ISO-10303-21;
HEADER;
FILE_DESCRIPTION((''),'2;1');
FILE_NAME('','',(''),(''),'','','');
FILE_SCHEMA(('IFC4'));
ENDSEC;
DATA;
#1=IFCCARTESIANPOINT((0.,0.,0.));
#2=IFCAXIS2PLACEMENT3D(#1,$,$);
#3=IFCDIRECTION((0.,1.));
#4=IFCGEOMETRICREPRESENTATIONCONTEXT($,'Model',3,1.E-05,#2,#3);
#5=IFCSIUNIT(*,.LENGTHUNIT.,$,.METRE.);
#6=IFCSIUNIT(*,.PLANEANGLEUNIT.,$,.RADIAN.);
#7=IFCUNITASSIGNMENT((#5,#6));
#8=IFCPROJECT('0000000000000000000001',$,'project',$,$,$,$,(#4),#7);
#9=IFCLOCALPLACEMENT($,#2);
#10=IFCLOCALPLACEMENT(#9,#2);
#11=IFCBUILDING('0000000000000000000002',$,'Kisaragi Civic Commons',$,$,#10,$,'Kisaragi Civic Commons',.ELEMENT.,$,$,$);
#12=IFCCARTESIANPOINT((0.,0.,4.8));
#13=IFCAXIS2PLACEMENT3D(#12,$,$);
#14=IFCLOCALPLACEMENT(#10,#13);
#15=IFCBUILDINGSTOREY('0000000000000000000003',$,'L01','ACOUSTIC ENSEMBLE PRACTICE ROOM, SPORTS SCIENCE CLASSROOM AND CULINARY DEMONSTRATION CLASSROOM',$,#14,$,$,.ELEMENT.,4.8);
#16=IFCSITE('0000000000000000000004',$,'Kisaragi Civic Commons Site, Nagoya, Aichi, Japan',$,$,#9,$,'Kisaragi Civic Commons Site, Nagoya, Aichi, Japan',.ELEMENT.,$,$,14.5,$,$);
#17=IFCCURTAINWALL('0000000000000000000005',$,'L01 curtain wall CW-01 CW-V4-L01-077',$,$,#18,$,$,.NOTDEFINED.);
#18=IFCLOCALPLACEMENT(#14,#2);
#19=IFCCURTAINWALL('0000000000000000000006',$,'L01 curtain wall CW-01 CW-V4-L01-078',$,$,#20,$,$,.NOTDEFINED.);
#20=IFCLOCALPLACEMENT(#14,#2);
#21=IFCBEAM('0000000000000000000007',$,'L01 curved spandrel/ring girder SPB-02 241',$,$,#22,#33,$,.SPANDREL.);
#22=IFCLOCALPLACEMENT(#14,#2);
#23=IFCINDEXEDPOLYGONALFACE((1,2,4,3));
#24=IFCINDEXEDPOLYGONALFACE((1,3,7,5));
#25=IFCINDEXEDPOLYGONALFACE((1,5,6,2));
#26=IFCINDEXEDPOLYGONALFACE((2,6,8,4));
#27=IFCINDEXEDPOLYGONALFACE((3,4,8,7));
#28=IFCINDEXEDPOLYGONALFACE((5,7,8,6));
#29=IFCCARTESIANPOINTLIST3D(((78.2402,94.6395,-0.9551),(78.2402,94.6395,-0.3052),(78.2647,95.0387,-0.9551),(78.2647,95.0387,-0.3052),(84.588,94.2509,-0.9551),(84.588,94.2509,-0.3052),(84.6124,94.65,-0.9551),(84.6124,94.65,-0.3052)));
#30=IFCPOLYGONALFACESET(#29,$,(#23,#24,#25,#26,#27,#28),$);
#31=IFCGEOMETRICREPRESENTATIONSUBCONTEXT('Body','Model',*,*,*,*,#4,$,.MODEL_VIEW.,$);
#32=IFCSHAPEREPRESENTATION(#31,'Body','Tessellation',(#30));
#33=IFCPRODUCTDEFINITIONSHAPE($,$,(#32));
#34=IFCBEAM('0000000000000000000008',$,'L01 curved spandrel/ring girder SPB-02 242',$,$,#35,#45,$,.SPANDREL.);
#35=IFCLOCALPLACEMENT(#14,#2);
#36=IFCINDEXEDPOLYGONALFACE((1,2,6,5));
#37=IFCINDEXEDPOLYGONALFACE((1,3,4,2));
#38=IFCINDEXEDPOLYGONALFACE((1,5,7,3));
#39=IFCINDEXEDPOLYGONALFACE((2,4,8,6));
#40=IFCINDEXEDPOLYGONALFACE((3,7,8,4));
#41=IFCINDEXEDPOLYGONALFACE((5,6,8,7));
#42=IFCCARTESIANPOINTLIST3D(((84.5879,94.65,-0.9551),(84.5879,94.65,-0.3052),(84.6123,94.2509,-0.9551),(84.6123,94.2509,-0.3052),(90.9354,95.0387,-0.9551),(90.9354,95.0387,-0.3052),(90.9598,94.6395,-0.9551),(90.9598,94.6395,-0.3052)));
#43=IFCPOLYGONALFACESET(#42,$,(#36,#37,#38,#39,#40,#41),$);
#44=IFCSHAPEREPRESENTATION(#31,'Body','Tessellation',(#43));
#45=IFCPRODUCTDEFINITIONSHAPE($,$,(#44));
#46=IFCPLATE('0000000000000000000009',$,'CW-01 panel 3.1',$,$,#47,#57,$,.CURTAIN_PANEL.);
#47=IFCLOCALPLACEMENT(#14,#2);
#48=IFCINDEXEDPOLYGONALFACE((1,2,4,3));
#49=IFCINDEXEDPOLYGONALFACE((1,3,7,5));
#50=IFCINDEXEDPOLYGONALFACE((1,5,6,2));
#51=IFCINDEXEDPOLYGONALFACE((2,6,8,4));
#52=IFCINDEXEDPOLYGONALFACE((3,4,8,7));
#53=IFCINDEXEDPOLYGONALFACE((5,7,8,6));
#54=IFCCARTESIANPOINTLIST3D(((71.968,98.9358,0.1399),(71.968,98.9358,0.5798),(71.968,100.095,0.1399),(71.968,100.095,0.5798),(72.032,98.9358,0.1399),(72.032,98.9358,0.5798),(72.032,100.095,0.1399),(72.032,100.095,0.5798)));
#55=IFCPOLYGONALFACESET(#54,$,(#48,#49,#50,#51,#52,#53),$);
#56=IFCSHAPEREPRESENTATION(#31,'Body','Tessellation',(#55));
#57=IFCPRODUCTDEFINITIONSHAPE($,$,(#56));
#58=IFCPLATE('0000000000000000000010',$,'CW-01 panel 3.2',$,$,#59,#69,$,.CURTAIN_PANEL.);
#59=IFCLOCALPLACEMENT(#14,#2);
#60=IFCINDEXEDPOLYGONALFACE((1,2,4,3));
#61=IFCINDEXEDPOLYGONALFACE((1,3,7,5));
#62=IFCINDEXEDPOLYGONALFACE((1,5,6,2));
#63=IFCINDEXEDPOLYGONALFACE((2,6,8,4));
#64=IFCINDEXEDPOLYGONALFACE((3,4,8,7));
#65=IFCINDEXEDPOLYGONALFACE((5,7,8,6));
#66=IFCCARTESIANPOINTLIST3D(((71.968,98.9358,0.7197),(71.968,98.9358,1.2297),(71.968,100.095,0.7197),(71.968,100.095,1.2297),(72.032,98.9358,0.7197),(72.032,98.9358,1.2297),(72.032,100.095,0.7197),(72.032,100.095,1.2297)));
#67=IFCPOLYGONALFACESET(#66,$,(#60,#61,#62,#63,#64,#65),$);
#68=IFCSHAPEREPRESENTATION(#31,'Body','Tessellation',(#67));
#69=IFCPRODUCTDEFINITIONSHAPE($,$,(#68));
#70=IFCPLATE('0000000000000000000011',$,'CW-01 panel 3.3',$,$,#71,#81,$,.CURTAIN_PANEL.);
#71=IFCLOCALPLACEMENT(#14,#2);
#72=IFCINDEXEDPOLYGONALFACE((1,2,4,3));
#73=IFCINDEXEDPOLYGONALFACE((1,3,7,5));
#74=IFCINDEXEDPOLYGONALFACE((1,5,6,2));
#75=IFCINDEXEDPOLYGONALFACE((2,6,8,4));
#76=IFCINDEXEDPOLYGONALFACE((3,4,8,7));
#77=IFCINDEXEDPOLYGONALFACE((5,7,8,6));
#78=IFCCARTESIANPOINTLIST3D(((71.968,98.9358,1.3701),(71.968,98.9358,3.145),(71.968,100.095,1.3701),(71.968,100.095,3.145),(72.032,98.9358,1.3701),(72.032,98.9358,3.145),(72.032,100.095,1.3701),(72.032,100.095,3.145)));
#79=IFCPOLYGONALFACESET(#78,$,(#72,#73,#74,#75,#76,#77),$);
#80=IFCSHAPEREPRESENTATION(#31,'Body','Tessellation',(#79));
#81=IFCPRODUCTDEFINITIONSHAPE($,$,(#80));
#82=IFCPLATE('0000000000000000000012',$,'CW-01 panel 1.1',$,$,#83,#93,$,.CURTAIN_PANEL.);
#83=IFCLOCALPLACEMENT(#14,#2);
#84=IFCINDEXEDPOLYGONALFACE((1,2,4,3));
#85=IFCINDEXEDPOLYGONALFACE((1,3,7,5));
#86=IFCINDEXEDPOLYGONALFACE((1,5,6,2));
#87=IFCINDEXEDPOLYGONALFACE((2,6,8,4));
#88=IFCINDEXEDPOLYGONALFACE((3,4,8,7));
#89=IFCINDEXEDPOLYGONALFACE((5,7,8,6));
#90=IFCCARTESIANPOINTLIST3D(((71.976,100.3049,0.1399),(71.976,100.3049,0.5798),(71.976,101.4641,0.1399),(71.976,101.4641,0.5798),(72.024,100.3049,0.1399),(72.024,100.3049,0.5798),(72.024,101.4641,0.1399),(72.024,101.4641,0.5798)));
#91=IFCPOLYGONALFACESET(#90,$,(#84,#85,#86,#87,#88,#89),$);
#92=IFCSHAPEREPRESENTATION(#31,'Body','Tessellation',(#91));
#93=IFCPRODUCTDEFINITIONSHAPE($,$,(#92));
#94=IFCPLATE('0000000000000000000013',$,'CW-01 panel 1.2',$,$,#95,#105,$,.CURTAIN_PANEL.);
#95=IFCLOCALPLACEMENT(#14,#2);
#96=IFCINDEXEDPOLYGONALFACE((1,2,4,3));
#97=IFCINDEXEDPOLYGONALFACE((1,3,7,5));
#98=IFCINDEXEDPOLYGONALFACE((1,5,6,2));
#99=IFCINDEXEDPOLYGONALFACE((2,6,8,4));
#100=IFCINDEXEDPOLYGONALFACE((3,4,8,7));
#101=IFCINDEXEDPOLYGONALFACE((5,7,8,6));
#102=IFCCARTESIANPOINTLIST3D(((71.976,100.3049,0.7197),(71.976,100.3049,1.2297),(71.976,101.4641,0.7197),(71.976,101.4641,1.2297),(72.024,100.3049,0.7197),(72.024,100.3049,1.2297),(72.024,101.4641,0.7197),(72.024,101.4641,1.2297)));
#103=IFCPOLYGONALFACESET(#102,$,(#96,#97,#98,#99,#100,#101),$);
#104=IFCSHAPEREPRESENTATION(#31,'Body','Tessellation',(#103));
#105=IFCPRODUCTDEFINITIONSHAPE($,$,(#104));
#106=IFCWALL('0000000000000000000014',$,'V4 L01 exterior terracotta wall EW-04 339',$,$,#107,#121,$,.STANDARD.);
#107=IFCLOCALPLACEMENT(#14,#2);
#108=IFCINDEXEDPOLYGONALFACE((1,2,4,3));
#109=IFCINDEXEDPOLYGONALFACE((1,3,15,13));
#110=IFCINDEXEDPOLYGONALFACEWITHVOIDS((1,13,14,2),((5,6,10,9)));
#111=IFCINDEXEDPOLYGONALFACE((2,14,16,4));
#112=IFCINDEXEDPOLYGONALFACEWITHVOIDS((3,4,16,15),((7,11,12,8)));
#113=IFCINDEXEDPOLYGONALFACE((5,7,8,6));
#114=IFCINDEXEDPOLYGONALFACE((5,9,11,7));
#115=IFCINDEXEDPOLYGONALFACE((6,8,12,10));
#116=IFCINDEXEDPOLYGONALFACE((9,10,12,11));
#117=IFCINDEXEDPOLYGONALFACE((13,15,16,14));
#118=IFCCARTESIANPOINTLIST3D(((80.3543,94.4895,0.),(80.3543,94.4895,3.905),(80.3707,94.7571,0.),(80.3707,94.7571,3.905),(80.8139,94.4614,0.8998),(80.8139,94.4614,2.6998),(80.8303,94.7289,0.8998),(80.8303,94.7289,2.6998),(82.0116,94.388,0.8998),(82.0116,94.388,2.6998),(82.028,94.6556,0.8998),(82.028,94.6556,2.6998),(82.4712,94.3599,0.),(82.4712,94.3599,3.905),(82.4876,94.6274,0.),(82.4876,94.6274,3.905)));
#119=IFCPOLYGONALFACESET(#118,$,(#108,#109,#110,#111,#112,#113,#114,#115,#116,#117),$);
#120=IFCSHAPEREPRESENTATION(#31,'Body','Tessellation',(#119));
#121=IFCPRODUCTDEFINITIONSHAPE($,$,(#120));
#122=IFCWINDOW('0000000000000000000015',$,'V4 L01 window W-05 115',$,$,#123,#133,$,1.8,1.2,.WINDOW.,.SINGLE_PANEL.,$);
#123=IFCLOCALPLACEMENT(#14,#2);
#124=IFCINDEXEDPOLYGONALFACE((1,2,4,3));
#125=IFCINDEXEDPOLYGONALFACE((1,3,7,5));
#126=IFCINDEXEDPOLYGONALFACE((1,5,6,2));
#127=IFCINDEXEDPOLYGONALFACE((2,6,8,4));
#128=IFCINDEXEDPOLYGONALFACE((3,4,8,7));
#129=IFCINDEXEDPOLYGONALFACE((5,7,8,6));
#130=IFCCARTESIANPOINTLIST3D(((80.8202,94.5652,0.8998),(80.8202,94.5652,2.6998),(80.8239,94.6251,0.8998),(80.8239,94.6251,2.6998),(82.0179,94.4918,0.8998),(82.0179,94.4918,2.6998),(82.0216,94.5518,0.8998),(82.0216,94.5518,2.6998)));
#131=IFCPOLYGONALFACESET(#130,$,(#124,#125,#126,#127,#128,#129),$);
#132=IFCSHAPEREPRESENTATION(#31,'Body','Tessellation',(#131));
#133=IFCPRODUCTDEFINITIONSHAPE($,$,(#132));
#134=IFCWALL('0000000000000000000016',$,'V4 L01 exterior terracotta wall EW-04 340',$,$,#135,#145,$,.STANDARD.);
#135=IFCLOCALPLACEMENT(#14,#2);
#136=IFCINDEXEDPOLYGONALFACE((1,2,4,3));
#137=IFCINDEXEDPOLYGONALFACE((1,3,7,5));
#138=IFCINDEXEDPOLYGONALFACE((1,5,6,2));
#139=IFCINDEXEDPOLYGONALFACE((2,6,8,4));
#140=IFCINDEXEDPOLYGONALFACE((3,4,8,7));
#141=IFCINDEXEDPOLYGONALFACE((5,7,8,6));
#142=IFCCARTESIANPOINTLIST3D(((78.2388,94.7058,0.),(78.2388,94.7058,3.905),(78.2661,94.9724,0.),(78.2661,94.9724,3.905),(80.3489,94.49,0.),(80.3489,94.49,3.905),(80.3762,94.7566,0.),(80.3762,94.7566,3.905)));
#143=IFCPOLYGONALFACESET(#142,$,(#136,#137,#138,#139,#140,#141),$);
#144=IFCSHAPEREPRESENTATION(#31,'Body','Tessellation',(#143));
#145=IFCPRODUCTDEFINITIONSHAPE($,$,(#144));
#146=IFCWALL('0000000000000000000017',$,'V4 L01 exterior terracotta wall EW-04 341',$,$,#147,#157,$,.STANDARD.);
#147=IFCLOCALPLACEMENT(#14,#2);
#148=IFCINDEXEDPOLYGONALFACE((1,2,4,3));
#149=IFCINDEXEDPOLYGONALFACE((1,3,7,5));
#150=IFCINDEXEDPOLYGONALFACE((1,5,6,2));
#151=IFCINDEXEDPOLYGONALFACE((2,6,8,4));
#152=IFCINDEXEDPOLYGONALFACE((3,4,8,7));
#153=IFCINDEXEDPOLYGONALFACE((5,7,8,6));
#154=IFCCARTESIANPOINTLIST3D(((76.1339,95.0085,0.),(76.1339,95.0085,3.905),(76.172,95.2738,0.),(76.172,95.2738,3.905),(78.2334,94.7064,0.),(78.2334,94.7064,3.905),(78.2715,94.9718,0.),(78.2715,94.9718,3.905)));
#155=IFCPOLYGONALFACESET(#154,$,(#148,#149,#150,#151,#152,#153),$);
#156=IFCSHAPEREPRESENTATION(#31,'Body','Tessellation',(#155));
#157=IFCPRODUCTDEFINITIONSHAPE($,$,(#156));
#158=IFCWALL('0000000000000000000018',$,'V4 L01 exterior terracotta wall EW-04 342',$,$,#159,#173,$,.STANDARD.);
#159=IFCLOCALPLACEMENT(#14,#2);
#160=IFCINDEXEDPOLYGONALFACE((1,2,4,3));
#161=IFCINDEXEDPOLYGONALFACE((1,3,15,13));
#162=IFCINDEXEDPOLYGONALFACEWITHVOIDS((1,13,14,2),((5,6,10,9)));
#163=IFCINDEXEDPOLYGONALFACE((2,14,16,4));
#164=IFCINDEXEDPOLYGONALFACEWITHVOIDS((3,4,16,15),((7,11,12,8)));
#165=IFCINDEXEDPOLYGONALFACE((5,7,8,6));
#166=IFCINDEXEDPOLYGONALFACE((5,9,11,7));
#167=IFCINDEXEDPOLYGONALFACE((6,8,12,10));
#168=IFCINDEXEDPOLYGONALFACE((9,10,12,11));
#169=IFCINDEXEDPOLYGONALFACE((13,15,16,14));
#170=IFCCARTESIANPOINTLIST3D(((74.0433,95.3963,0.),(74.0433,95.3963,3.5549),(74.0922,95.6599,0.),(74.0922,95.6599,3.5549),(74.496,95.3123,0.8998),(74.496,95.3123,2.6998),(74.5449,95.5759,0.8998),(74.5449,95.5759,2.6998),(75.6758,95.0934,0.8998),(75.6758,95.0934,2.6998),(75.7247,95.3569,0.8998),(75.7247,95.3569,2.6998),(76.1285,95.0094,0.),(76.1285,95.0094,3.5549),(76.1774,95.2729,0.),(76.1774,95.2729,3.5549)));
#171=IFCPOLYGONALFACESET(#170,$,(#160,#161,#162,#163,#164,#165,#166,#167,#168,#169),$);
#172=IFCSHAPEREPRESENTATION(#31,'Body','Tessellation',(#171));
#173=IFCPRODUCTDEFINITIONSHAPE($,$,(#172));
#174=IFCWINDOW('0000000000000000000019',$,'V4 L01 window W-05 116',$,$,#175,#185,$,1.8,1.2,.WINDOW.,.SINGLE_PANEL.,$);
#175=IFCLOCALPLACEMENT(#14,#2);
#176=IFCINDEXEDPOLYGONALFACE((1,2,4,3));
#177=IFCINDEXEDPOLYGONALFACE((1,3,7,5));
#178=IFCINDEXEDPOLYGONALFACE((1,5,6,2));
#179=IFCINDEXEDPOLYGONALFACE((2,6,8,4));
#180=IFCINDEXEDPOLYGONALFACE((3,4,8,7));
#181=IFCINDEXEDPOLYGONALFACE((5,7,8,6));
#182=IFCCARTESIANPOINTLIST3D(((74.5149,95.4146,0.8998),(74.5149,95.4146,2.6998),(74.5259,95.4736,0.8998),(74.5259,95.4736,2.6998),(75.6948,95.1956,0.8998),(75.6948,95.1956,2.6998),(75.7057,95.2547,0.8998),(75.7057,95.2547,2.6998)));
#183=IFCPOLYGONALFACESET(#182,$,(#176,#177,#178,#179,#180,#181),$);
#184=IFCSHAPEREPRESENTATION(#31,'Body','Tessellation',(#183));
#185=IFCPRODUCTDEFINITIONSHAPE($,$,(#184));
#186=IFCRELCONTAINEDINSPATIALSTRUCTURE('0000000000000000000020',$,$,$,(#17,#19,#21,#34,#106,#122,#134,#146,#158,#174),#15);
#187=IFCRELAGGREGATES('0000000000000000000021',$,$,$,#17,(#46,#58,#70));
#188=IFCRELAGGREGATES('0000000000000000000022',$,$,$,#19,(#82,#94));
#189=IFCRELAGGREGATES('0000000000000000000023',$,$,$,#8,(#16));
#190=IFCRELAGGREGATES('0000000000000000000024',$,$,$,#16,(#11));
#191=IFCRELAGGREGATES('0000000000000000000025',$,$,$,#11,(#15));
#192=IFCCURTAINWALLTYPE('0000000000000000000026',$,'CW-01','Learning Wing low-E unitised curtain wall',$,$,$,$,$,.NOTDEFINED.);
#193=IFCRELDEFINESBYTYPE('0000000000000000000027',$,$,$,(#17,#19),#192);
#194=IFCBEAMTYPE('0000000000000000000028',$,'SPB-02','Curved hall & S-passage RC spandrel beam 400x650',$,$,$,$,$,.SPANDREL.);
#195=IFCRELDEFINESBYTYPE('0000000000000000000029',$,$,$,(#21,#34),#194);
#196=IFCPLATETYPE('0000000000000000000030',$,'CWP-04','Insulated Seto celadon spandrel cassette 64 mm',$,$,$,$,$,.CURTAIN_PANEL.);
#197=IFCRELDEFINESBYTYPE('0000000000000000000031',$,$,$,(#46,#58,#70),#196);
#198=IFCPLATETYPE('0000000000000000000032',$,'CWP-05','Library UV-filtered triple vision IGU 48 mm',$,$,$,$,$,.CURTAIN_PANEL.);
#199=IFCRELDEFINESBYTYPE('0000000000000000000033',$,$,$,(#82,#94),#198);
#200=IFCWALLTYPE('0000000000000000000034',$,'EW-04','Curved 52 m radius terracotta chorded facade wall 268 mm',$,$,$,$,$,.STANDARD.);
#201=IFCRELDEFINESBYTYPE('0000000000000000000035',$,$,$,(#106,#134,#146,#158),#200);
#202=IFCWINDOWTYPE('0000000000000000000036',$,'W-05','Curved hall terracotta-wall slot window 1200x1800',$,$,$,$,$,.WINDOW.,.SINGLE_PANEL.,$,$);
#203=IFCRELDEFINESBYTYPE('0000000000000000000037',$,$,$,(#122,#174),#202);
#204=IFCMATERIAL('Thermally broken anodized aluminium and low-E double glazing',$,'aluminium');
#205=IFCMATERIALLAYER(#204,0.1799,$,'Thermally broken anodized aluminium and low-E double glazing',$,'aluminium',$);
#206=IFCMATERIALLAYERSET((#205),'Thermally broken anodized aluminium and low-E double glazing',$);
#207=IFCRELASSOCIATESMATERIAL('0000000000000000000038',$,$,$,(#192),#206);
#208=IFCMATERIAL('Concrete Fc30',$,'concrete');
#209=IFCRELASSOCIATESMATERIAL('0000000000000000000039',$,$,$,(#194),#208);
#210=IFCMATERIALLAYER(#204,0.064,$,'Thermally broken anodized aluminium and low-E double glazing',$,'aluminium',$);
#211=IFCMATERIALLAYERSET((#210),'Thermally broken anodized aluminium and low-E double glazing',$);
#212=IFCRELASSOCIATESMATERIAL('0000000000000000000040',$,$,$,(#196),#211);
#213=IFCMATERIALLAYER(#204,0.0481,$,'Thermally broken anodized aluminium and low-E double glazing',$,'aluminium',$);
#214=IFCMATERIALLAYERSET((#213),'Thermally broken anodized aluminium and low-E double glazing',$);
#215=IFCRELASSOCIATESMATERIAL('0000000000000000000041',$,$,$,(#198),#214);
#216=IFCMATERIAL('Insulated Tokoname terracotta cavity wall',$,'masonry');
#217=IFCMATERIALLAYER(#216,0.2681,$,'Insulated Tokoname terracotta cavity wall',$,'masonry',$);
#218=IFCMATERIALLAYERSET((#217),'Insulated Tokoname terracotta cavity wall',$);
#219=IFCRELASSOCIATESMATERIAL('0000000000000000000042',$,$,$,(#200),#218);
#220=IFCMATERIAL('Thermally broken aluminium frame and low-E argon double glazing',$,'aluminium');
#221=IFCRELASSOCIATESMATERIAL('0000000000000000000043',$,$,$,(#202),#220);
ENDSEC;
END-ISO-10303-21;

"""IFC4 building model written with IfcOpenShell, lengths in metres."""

from ifc_helpers import new_model, si_unit, direction, frame, frame_2d, origin, origin_2d, place, context, subcontext, project, spatial, rectangle, extrude, material, layer, layer_set, material_profile, profile_set, type_object, element, fill, aggregate, save


model = new_model("IFC4")

# Units and contexts
model_context = context("Model", 3, precision=1e-05, world=origin(), true_north=direction((0.0, 1.0)))
body_context = subcontext(model_context, "Body", "Model", "MODEL_VIEW")
ifc_project = project(units=[si_unit("LENGTHUNIT", "METRE"), si_unit("PLANEANGLEUNIT", "RADIAN")], contexts=[model_context])

# Site, building, storey
site_placement = place(None, origin())
site = spatial("IfcSite", under=ifc_project, at=site_placement, Name="Kisaragi Civic Commons Site, Nagoya, Aichi, Japan", LongName="Kisaragi Civic Commons Site, Nagoya, Aichi, Japan", CompositionType="ELEMENT", RefElevation=14.5)
building_placement = place(site_placement, origin())
building = spatial("IfcBuilding", under=site, at=building_placement, Name="Kisaragi Civic Commons", LongName="Kisaragi Civic Commons", CompositionType="ELEMENT")
storey_placement = place(building_placement, frame((0.0, 0.0, 4.8)))
storey = spatial("IfcBuildingStorey", under=building, at=storey_placement, Name="L01", Description="ACOUSTIC ENSEMBLE PRACTICE ROOM, SPORTS SCIENCE CLASSROOM AND CULINARY DEMONSTRATION CLASSROOM", CompositionType="ELEMENT", Elevation=4.8)

# Curtain walls
ifc_material_1 = material(Name="Thermally broken anodized aluminium and low-E double glazing", Category="aluminium")
ifc_layer_1 = layer(ifc_material_1, 0.1799, Name="Thermally broken anodized aluminium and low-E double glazing", Category="aluminium")
ifc_layer_set_1 = layer_set([ifc_layer_1], Name="Thermally broken anodized aluminium and low-E double glazing")
curtain_wall_type = type_object("IfcCurtainWallType", Name="CW-01", Description="Learning Wing low-E unitised curtain wall", PredefinedType="NOTDEFINED", material=ifc_layer_set_1)
curtain_wall_1_placement = place(storey_placement, origin())
curtain_wall_1 = element("IfcCurtainWall", 1, at=curtain_wall_1_placement, inside=storey, type_object=curtain_wall_type, Name="L01 curtain wall CW-01 CW-V4-L01-077", PredefinedType="NOTDEFINED")
curtain_wall_2_placement = place(storey_placement, origin())
curtain_wall_2 = element("IfcCurtainWall", 2, at=curtain_wall_2_placement, inside=storey, type_object=curtain_wall_type, Name="L01 curtain wall CW-01 CW-V4-L01-078", PredefinedType="NOTDEFINED")

# Beams
ifc_material_2 = material(Name="Concrete Fc30", Category="concrete")
ifc_material_profile_1 = material_profile(ifc_material_2, rectangle(XDim=0.3999, YDim=0.6499, at=origin_2d()), Name="RC-400x650", Category="concrete")
ifc_profile_set_1 = profile_set([ifc_material_profile_1], Name="Concrete Fc30")
beam_type_1 = type_object("IfcBeamType", Name="SPB-02", Description="Curved hall & S-passage RC spandrel beam 400x650", PredefinedType="SPANDREL", material=ifc_profile_set_1)
beam_1_placement = place(storey_placement, frame((78.2524, 94.8391, -0.6301), z_axis=(0.998131, -0.061116, 0.0), x_axis=(0.061116, 0.998131, 0.0)))
element("IfcBeam", 3, at=beam_1_placement, inside=storey, type_object=beam_type_1, Name="L01 curved spandrel/ring girder SPB-02 241", PredefinedType="SPANDREL", context=body_context, shape_type="SweptSolid", body=[
    extrude(rectangle(XDim=0.3999, YDim=0.6499, at=origin_2d()), origin(), (0.0, 0.0, 1.0), 6.3596),
])
beam_2_placement = place(storey_placement, frame((84.6001, 94.4504, -0.6301), z_axis=(0.998131, 0.061119, 0.0), x_axis=(-0.061119, 0.998131, 0.0)))
element("IfcBeam", 4, at=beam_2_placement, inside=storey, type_object=beam_type_1, Name="L01 curved spandrel/ring girder SPB-02 242", PredefinedType="SPANDREL", context=body_context, shape_type="SweptSolid", body=[
    extrude(rectangle(XDim=0.3999, YDim=0.6499, at=origin_2d()), origin(), (0.0, 0.0, 1.0), 6.3594),
])

# Plates
ifc_layer_2 = layer(ifc_material_1, 0.064, Name="Thermally broken anodized aluminium and low-E double glazing", Category="aluminium")
ifc_layer_set_2 = layer_set([ifc_layer_2], Name="Thermally broken anodized aluminium and low-E double glazing")
plate_type_1 = type_object("IfcPlateType", Name="CWP-04", Description="Insulated Seto celadon spandrel cassette 64 mm", PredefinedType="CURTAIN_PANEL", material=ifc_layer_set_2)
plate_1_placement = place(storey_placement, frame((72.0, 99.5154, 0.1399), z_axis=(0.0, 0.0, 1.0), x_axis=(0.0, 1.0, 0.0)))
plate_1 = element("IfcPlate", 5, at=plate_1_placement, type_object=plate_type_1, Name="CW-01 panel 3.1", PredefinedType="CURTAIN_PANEL", context=body_context, shape_type="SweptSolid", body=[
    extrude(rectangle(XDim=1.1592, YDim=0.064, at=origin_2d()), origin(), (0.0, 0.0, 1.0), 0.4399),
])
plate_2_placement = place(storey_placement, frame((72.0, 99.5154, 0.7197), z_axis=(0.0, 0.0, 1.0), x_axis=(0.0, 1.0, 0.0)))
plate_2 = element("IfcPlate", 6, at=plate_2_placement, type_object=plate_type_1, Name="CW-01 panel 3.2", PredefinedType="CURTAIN_PANEL", context=body_context, shape_type="SweptSolid", body=[
    extrude(rectangle(XDim=1.1592, YDim=0.064, at=origin_2d()), origin(), (0.0, 0.0, 1.0), 0.51),
])
plate_3_placement = place(storey_placement, frame((72.0, 99.5154, 1.3701), z_axis=(0.0, 0.0, 1.0), x_axis=(0.0, 1.0, 0.0)))
plate_3 = element("IfcPlate", 7, at=plate_3_placement, type_object=plate_type_1, Name="CW-01 panel 3.3", PredefinedType="CURTAIN_PANEL", context=body_context, shape_type="SweptSolid", body=[
    extrude(rectangle(XDim=1.1592, YDim=0.064, at=origin_2d()), origin(), (0.0, 0.0, 1.0), 1.7749),
])
aggregate(curtain_wall_1, [plate_1, plate_2, plate_3])
ifc_layer_3 = layer(ifc_material_1, 0.0481, Name="Thermally broken anodized aluminium and low-E double glazing", Category="aluminium")
ifc_layer_set_3 = layer_set([ifc_layer_3], Name="Thermally broken anodized aluminium and low-E double glazing")
plate_type_2 = type_object("IfcPlateType", Name="CWP-05", Description="Library UV-filtered triple vision IGU 48 mm", PredefinedType="CURTAIN_PANEL", material=ifc_layer_set_3)
plate_4_placement = place(storey_placement, frame((72.0, 100.8845, 0.1399), z_axis=(0.0, 0.0, 1.0), x_axis=(0.0, 1.0, 0.0)))
plate_4 = element("IfcPlate", 8, at=plate_4_placement, type_object=plate_type_2, Name="CW-01 panel 1.1", PredefinedType="CURTAIN_PANEL", context=body_context, shape_type="SweptSolid", body=[
    extrude(rectangle(XDim=1.1592, YDim=0.0481, at=origin_2d()), origin(), (0.0, 0.0, 1.0), 0.4399),
])
plate_5_placement = place(storey_placement, frame((72.0, 100.8845, 0.7197), z_axis=(0.0, 0.0, 1.0), x_axis=(0.0, 1.0, 0.0)))
plate_5 = element("IfcPlate", 9, at=plate_5_placement, type_object=plate_type_2, Name="CW-01 panel 1.2", PredefinedType="CURTAIN_PANEL", context=body_context, shape_type="SweptSolid", body=[
    extrude(rectangle(XDim=1.1592, YDim=0.0481, at=origin_2d()), origin(), (0.0, 0.0, 1.0), 0.51),
])
aggregate(curtain_wall_2, [plate_4, plate_5])

# Wall, opening, window
ifc_material_3 = material(Name="Insulated Tokoname terracotta cavity wall", Category="masonry")
ifc_layer_4 = layer(ifc_material_3, 0.2681, Name="Insulated Tokoname terracotta cavity wall", Category="masonry")
ifc_layer_set_4 = layer_set([ifc_layer_4], Name="Insulated Tokoname terracotta cavity wall")
wall_type = type_object("IfcWallType", Name="EW-04", Description="Curved 52 m radius terracotta chorded facade wall 268 mm", PredefinedType="STANDARD", material=ifc_layer_set_4)
wall_1_placement = place(storey_placement, frame((82.4795, 94.4937, 0.0), z_axis=(0.0, 0.0, 1.0), x_axis=(-0.99813, 0.061124, 0.0)))
wall_1 = element("IfcWall", 10, at=wall_1_placement, inside=storey, type_object=wall_type, Name="V4 L01 exterior terracotta wall EW-04 339", PredefinedType="STANDARD", context=body_context, shape_type="SweptSolid", body=[
    extrude(rectangle(XDim=2.1208, YDim=0.2681, at=frame_2d((1.0605, 0.0))), origin(), (0.0, 0.0, 1.0), 3.905),
])
opening_1_placement = place(wall_1_placement, frame((0.4604, 0.0, 0.8999)))
opening_1 = element("IfcOpeningElement", 11, at=opening_1_placement, cuts=wall_1, PredefinedType="OPENING", context=body_context, shape_type="SweptSolid", body=[
    extrude(rectangle(XDim=1.2, YDim=1.8, at=frame_2d((0.6001, 0.8999))), frame((0.0, 0.144, 0.0), z_axis=(0.0, -1.0, 0.0), x_axis=(1.0, 0.0, 0.0)), (0.0, 0.0, 1.0), 0.2881),
])
ifc_material_4 = material(Name="Thermally broken aluminium frame and low-E argon double glazing", Category="aluminium")
window_type = type_object("IfcWindowType", Name="W-05", Description="Curved hall terracotta-wall slot window 1200x1800", PartitioningType="SINGLE_PANEL", PredefinedType="WINDOW", material=ifc_material_4)
window_1_placement = place(opening_1_placement, origin())
window_1 = element("IfcWindow", 12, at=window_1_placement, inside=storey, type_object=window_type, Name="V4 L01 window W-05 115", OverallHeight=1.8, OverallWidth=1.2, PartitioningType="SINGLE_PANEL", PredefinedType="WINDOW", context=body_context, shape_type="SweptSolid", body=[
    extrude(rectangle(XDim=1.2, YDim=1.8, at=frame_2d((0.6001, 0.8999))), frame((0.0, 0.03, 0.0), z_axis=(0.0, -1.0, 0.0), x_axis=(1.0, 0.0, 0.0)), (0.0, 0.0, 1.0), 0.0601),
])
fill(opening_1, window_1)

# Walls
for number, where, z_axis, x_axis, name in (
    (13, (80.3625, 94.6233, 0.0), (0.0, 0.0, 1.0), (-0.99481, 0.101748, 0.0), "V4 L01 exterior terracotta wall EW-04 340"),
    (14, (78.2524, 94.8391, 0.0), (0.0, 0.0, 1.0), (-0.989811, 0.142388, 0.0), "V4 L01 exterior terracotta wall EW-04 341"),
):
    element("IfcWall", number, at=place(storey_placement, frame(where, z_axis=z_axis, x_axis=x_axis)), inside=storey, type_object=wall_type, Name=name, PredefinedType="STANDARD", context=body_context, shape_type="SweptSolid", body=[
        extrude(rectangle(XDim=2.1211, YDim=0.2681, at=frame_2d((1.0605, 0.0))), origin(), (0.0, 0.0, 1.0), 3.905),
    ])

# Wall, opening, window
wall_2_placement = place(storey_placement, frame((76.1531, 95.1411, 0.0), z_axis=(0.0, 0.0, 1.0), x_axis=(-0.983213, 0.18246, 0.0)))
wall_2 = element("IfcWall", 15, at=wall_2_placement, inside=storey, type_object=wall_type, Name="V4 L01 exterior terracotta wall EW-04 342", PredefinedType="STANDARD", context=body_context, shape_type="SweptSolid", body=[
    extrude(rectangle(XDim=2.1208, YDim=0.2681, at=frame_2d((1.0605, 0.0))), origin(), (0.0, 0.0, 1.0), 3.5549),
])
opening_2_placement = place(wall_2_placement, frame((0.4604, 0.0, 0.8999)))
opening_2 = element("IfcOpeningElement", 16, at=opening_2_placement, cuts=wall_2, PredefinedType="OPENING", context=body_context, shape_type="SweptSolid", body=[
    extrude(rectangle(XDim=1.2, YDim=1.8, at=frame_2d((0.6001, 0.8999))), frame((0.0, 0.144, 0.0), z_axis=(0.0, -1.0, 0.0), x_axis=(1.0, 0.0, 0.0)), (0.0, 0.0, 1.0), 0.2881),
])
window_2_placement = place(opening_2_placement, origin())
window_2 = element("IfcWindow", 17, at=window_2_placement, inside=storey, type_object=window_type, Name="V4 L01 window W-05 116", OverallHeight=1.8, OverallWidth=1.2, PartitioningType="SINGLE_PANEL", PredefinedType="WINDOW", context=body_context, shape_type="SweptSolid", body=[
    extrude(rectangle(XDim=1.2, YDim=1.8, at=frame_2d((0.6001, 0.8999))), frame((0.0, 0.03, 0.0), z_axis=(0.0, -1.0, 0.0), x_axis=(1.0, 0.0, 0.0)), (0.0, 0.0, 1.0), 0.0601),
])
fill(opening_2, window_2)

save(model, "model.ifc")
